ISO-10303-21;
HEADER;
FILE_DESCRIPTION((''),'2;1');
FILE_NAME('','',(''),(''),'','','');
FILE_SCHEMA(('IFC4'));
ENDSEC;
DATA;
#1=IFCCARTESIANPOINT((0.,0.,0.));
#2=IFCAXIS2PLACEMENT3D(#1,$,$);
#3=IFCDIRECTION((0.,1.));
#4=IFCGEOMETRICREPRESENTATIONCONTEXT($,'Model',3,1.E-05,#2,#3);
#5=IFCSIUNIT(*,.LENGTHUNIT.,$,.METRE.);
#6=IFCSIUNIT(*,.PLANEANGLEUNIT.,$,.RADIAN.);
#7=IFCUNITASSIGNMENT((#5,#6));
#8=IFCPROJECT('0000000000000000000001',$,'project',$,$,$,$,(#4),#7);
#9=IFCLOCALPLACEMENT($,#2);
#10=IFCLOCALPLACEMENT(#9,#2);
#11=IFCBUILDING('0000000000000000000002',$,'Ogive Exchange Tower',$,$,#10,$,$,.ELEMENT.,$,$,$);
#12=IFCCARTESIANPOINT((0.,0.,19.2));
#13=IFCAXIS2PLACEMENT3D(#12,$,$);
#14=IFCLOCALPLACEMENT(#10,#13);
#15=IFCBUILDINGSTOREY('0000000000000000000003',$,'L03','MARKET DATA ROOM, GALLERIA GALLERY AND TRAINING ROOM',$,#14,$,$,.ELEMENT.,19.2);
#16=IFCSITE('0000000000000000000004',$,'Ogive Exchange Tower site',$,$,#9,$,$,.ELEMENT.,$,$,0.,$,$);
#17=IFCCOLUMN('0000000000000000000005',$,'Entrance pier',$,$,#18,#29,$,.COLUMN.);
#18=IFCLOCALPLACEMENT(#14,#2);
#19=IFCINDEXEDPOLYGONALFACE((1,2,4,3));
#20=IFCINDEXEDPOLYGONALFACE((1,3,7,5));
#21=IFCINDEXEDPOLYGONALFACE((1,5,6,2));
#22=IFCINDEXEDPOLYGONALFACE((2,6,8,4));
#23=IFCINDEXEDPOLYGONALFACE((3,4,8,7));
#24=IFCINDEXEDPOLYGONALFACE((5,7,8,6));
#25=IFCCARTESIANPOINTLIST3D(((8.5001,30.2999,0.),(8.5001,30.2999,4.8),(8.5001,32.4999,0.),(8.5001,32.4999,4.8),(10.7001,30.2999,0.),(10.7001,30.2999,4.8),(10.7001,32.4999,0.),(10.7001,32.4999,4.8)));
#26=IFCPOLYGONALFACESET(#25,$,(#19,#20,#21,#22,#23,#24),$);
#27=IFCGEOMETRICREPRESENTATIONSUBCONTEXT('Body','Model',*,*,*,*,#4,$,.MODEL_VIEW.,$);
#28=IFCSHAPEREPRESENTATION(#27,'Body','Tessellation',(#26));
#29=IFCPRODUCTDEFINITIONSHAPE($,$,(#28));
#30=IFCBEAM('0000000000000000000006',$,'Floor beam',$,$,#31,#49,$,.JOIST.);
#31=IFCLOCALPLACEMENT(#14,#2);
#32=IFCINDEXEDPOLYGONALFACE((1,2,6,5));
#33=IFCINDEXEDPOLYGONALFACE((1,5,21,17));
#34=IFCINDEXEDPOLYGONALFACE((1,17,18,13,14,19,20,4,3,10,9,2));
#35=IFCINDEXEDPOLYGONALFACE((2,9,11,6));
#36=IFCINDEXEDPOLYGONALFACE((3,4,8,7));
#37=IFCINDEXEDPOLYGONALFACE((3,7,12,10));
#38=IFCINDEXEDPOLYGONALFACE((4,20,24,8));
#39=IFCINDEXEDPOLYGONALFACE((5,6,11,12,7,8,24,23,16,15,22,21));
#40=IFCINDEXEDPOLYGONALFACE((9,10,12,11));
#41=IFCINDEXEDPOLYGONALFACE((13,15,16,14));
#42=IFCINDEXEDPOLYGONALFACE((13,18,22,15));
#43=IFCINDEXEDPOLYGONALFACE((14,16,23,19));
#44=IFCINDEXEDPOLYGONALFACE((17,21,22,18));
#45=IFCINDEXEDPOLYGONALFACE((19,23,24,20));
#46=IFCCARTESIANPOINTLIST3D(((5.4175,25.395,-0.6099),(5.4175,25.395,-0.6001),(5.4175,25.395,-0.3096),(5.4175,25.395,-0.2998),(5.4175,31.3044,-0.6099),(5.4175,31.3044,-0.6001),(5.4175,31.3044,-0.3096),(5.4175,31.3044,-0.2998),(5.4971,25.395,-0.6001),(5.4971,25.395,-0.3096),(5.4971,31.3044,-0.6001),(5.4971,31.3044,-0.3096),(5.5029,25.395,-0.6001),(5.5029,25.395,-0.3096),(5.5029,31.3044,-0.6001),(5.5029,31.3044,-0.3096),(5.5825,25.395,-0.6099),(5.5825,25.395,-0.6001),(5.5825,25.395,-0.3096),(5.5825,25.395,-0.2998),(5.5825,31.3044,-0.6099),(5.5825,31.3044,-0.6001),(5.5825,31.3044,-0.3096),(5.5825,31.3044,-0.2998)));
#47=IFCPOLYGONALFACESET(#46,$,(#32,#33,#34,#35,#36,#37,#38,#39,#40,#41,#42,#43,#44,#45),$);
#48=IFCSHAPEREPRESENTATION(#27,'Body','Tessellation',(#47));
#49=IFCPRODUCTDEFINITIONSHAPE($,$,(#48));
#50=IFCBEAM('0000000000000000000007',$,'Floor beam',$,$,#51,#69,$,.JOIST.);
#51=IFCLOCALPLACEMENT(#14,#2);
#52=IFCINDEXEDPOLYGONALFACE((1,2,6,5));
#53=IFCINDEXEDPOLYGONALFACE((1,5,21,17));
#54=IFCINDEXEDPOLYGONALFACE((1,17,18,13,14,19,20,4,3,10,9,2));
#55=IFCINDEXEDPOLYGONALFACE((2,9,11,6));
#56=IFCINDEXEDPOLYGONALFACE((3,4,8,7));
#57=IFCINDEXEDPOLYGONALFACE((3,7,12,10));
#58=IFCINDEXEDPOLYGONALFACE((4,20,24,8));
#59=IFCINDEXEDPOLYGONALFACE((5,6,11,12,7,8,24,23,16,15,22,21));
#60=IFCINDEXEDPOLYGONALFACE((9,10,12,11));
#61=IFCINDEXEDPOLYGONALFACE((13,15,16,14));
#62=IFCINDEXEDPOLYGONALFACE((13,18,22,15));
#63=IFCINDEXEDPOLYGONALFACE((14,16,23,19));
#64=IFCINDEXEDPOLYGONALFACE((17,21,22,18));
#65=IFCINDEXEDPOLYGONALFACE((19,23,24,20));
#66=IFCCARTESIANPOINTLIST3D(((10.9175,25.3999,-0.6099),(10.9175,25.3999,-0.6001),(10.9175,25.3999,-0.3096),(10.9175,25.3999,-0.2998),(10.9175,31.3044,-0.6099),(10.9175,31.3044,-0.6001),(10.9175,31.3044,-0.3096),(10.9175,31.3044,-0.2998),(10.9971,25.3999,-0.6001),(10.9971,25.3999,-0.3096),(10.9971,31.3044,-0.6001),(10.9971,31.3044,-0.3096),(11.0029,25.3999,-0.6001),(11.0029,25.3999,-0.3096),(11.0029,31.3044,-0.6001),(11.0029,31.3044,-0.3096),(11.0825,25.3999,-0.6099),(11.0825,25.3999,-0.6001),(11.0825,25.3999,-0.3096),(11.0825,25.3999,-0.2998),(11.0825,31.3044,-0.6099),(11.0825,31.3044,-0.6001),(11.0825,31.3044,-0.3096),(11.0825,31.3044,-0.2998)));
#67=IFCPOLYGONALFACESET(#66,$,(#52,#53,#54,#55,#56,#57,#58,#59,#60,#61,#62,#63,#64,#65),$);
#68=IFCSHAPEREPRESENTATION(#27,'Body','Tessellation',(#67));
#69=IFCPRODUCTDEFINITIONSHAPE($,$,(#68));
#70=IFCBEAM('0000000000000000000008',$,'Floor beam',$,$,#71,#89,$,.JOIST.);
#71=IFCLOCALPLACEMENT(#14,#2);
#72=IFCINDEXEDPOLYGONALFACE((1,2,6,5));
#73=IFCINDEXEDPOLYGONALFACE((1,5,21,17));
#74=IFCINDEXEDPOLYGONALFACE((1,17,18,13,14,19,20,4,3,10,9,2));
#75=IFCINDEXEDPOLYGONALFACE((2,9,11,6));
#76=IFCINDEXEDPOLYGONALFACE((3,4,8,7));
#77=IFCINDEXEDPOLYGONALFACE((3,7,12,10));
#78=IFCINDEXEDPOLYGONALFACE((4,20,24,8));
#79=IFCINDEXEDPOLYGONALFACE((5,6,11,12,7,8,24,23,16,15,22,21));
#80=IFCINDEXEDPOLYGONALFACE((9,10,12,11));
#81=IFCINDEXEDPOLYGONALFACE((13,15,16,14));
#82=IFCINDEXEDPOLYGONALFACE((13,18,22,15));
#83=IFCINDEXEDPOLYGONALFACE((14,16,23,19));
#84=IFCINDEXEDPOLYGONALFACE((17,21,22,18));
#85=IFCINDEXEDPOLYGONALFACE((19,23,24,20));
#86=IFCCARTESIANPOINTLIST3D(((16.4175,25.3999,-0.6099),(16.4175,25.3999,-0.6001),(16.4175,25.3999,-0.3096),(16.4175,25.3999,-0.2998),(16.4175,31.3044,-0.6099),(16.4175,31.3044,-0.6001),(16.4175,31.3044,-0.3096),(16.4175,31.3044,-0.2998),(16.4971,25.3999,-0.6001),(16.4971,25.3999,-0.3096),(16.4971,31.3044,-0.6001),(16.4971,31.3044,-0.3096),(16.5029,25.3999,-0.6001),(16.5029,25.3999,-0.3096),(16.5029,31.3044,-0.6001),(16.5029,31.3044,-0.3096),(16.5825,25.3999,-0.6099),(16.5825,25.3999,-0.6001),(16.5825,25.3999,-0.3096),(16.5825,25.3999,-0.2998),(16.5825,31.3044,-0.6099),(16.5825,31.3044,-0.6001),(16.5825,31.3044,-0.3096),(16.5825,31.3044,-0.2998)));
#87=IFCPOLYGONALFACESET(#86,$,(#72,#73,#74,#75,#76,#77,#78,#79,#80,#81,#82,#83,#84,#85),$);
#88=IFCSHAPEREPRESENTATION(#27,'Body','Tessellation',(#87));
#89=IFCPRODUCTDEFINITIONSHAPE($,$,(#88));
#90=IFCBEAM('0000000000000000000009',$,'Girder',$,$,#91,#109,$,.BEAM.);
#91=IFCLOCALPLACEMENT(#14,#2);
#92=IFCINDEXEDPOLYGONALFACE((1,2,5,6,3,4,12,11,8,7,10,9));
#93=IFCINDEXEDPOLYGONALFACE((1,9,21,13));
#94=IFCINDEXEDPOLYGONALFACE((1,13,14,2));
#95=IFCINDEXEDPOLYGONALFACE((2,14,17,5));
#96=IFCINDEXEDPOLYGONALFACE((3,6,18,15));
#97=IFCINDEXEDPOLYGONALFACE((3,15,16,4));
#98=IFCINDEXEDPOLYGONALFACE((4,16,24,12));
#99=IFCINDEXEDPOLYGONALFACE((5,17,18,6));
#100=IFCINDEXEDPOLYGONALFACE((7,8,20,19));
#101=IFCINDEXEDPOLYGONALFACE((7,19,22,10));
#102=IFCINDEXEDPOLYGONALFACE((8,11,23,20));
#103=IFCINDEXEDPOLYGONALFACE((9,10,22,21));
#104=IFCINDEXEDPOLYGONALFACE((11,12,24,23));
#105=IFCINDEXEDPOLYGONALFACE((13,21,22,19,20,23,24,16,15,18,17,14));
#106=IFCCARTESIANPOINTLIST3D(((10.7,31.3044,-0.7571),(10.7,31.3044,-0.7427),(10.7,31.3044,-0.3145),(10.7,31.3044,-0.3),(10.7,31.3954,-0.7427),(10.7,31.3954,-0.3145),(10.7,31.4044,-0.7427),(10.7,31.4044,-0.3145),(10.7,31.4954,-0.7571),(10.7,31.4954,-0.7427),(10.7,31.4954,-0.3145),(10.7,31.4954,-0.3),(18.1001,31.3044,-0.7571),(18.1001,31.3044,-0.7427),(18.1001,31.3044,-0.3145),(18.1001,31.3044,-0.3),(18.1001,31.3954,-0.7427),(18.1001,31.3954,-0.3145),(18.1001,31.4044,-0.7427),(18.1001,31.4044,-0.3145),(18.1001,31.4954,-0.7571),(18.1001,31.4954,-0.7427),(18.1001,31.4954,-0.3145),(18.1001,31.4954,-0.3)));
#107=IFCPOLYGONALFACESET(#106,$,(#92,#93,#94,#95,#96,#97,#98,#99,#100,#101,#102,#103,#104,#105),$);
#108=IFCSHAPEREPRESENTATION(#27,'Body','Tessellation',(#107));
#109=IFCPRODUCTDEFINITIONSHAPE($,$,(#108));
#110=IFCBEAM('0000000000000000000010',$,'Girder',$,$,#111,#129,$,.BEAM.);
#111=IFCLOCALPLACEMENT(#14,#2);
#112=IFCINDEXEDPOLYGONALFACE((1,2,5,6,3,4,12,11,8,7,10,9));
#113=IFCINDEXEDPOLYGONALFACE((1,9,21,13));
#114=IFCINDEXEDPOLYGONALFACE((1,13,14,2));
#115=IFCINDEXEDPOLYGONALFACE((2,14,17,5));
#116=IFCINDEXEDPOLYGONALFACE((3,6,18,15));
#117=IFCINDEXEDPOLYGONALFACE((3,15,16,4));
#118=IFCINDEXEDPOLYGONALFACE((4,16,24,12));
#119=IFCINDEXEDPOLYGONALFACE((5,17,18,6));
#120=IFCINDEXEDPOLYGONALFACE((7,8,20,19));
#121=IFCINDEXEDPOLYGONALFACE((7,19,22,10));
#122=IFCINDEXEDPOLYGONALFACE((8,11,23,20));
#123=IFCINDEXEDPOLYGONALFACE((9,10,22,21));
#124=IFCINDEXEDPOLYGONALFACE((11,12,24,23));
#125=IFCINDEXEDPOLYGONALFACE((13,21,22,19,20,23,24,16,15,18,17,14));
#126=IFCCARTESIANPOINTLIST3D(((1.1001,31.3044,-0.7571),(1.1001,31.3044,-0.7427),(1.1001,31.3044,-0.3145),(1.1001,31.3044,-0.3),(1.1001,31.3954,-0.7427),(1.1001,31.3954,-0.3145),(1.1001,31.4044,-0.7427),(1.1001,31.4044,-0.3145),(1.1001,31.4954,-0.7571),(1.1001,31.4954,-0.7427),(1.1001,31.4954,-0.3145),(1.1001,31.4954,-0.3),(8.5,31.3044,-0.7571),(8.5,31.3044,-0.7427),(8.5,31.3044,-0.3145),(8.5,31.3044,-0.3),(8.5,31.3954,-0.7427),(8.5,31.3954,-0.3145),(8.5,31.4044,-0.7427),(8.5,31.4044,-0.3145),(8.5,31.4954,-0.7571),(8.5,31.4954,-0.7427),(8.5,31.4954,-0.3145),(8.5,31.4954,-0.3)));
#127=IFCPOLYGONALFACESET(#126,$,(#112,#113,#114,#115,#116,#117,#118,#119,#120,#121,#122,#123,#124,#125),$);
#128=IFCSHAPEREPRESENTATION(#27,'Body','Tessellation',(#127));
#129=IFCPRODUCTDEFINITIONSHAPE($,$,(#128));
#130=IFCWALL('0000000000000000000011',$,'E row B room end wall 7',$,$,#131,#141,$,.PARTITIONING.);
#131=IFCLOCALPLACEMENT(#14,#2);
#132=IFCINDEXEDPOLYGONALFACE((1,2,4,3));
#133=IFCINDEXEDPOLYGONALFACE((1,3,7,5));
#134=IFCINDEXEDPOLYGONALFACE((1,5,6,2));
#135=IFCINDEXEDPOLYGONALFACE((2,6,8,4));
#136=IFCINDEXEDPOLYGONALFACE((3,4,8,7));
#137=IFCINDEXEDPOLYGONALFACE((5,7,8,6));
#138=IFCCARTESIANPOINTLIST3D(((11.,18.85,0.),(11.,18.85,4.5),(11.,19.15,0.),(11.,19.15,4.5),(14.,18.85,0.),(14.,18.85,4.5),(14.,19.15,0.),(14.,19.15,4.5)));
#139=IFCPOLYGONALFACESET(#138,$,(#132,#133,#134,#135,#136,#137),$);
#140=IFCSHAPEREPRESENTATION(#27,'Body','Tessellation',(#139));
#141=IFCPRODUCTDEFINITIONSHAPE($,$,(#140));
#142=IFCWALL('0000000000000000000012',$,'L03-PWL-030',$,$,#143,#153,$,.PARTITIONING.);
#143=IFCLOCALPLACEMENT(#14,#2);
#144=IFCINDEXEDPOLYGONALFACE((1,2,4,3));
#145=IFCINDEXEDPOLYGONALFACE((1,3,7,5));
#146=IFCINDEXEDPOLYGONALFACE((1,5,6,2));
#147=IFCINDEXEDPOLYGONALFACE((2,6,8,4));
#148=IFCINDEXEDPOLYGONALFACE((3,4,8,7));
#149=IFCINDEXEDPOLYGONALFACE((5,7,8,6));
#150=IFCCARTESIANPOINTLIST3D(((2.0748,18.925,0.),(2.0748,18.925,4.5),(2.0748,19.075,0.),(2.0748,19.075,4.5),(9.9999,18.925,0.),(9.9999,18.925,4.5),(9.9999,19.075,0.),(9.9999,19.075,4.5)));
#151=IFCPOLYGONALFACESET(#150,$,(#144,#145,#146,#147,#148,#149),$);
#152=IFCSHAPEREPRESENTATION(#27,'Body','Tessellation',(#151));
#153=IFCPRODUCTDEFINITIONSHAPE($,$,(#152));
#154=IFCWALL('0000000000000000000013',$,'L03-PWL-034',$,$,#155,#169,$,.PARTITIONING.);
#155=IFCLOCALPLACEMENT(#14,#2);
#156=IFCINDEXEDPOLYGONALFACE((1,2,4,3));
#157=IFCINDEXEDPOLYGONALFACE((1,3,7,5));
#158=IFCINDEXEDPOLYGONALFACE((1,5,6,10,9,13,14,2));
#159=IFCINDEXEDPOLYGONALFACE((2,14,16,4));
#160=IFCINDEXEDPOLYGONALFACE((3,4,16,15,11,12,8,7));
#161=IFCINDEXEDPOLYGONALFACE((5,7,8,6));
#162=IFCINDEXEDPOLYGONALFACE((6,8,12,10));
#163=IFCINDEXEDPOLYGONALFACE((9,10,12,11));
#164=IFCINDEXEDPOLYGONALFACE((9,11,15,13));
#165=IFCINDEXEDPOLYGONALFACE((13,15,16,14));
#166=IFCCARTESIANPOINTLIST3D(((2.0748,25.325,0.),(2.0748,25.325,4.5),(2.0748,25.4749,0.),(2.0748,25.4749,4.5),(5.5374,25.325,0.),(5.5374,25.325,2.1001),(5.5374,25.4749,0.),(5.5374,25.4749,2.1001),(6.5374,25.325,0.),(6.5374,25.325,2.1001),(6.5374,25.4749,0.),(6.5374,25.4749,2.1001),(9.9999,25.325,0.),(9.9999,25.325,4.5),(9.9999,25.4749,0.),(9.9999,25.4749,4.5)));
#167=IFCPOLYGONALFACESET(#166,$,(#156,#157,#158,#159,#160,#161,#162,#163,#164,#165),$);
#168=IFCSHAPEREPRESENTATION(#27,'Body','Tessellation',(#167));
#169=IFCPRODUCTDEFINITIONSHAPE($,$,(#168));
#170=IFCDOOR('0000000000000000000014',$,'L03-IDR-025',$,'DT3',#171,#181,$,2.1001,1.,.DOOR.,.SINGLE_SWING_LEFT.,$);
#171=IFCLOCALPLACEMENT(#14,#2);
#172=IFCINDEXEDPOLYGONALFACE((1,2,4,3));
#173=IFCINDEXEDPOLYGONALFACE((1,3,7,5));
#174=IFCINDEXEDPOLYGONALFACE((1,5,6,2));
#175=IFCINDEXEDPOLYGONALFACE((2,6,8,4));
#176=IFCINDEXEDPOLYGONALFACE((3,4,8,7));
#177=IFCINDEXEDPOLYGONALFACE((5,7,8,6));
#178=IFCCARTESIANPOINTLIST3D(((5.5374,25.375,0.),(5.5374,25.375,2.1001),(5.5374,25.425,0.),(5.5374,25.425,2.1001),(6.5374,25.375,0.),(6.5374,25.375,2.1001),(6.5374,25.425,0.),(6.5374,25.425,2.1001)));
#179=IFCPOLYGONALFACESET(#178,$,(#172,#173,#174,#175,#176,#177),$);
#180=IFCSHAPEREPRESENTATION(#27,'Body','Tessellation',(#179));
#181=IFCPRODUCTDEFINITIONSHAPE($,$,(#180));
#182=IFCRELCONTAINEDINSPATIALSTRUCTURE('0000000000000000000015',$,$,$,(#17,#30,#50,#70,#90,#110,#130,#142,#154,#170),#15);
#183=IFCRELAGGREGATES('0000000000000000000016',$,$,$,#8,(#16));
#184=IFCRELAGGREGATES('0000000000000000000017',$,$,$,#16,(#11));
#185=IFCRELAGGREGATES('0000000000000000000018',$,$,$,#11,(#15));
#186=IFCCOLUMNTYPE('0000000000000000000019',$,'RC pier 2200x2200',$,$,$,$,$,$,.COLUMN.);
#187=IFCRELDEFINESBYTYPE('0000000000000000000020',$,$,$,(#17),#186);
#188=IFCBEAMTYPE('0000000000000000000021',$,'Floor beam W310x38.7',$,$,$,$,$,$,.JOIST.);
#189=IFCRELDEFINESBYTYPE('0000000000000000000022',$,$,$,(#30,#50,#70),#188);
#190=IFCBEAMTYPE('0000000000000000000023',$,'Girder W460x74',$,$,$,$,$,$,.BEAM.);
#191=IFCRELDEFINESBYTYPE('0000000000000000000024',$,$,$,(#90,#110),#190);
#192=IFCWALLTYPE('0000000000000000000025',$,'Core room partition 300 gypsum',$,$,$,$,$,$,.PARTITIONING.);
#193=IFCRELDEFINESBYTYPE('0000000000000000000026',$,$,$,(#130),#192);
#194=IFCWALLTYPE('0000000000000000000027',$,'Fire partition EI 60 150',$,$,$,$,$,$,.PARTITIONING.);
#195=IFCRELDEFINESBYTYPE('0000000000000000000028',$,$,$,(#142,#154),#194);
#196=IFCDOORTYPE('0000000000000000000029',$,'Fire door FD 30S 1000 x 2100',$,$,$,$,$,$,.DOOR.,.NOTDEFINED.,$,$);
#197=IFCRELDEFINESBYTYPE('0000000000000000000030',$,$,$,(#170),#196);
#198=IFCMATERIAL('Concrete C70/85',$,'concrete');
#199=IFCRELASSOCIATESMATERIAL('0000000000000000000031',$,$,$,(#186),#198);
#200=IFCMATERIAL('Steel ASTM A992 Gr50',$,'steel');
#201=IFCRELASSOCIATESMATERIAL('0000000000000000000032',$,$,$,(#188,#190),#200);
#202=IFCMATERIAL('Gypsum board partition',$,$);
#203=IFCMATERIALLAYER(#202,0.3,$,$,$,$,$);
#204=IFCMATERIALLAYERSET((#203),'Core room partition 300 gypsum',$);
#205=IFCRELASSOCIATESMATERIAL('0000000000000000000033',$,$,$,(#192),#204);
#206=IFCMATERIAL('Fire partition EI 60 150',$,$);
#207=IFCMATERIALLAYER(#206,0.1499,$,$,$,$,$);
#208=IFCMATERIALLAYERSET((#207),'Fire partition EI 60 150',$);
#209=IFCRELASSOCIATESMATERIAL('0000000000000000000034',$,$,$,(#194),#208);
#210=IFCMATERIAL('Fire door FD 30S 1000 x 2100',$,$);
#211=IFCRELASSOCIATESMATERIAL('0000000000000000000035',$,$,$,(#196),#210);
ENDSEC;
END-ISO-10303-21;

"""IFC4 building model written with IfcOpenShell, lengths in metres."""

from ifc_helpers import new_model, si_unit, direction, frame, frame_2d, origin, origin_2d, place, context, subcontext, project, spatial, rectangle, i_section, extrude, material, layer, layer_set, material_profile, profile_set, type_object, element, fill, save


model = new_model("IFC4")

# Units and contexts
model_context = context("Model", 3, precision=1e-05, world=origin(), true_north=direction((0.0, 1.0)))
body_context = subcontext(model_context, "Body", "Model", "MODEL_VIEW")
ifc_project = project(units=[si_unit("LENGTHUNIT", "METRE"), si_unit("PLANEANGLEUNIT", "RADIAN")], contexts=[model_context])

# Site, building, storey
site_placement = place(None, origin())
site = spatial("IfcSite", under=ifc_project, at=site_placement, Name="Ogive Exchange Tower site", CompositionType="ELEMENT", RefElevation=0.0)
building_placement = place(site_placement, origin())
building = spatial("IfcBuilding", under=site, at=building_placement, Name="Ogive Exchange Tower", CompositionType="ELEMENT")
storey_placement = place(building_placement, frame((0.0, 0.0, 19.2)))
storey = spatial("IfcBuildingStorey", under=building, at=storey_placement, Name="L03", Description="MARKET DATA ROOM, GALLERIA GALLERY AND TRAINING ROOM", CompositionType="ELEMENT", Elevation=19.2)

# Column
ifc_material_1 = material(Name="Concrete C70/85", Category="concrete")
ifc_material_profile_1 = material_profile(ifc_material_1, rectangle(XDim=2.2, YDim=2.2, at=origin_2d()), Name="RC 2200x2200")
ifc_profile_set_1 = profile_set([ifc_material_profile_1], Name="Concrete C70/85")
column_type = type_object("IfcColumnType", Name="RC pier 2200x2200", PredefinedType="COLUMN", material=ifc_profile_set_1)
column_placement = place(storey_placement, frame((9.6001, 31.3999, 0.0), z_axis=(0.0, 0.0, 1.0), x_axis=(1.0, 0.0, 0.0)))
element("IfcColumn", 1, at=column_placement, inside=storey, type_object=column_type, Name="Entrance pier", PredefinedType="COLUMN", context=body_context, shape_type="SweptSolid", body=[
    extrude(rectangle(XDim=2.2, YDim=2.2, at=origin_2d()), origin(), (0.0, 0.0, 1.0), 4.8),
])

# Beams
ifc_material_2 = material(Name="Steel ASTM A992 Gr50", Category="steel")
ifc_material_profile_2 = material_profile(ifc_material_2, i_section(OverallWidth=0.165, OverallDepth=0.3101, WebThickness=0.0059, FlangeThickness=0.0098, at=origin_2d()), Name="W310x38.7")
ifc_profile_set_2 = profile_set([ifc_material_profile_2], Name="Steel ASTM A992 Gr50")
beam_type_1 = type_object("IfcBeamType", Name="Floor beam W310x38.7", PredefinedType="JOIST", material=ifc_profile_set_2)
beam_1_placement = place(storey_placement, frame((5.5, 25.395, -0.4548), z_axis=(0.0, 1.0, 0.0), x_axis=(-1.0, 0.0, 0.0)))
element("IfcBeam", 2, at=beam_1_placement, inside=storey, type_object=beam_type_1, Name="Floor beam", PredefinedType="JOIST", context=body_context, shape_type="SweptSolid", body=[
    extrude(i_section(OverallWidth=0.165, OverallDepth=0.3101, WebThickness=0.0059, FlangeThickness=0.0098, at=origin_2d()), origin(), (0.0, 0.0, 1.0), 5.9094),
])
for number, where, z_axis, x_axis, name in (
    (3, (11.0, 25.3999, -0.4548), (0.0, 1.0, 0.0), (-1.0, 0.0, 0.0), "Floor beam"),
    (4, (16.5, 25.3999, -0.4548), (0.0, 1.0, 0.0), (-1.0, 0.0, 0.0), "Floor beam"),
):
    element("IfcBeam", number, at=place(storey_placement, frame(where, z_axis=z_axis, x_axis=x_axis)), inside=storey, type_object=beam_type_1, Name=name, PredefinedType="JOIST", context=body_context, shape_type="SweptSolid", body=[
        extrude(i_section(OverallWidth=0.165, OverallDepth=0.3101, WebThickness=0.0059, FlangeThickness=0.0098, at=origin_2d()), origin(), (0.0, 0.0, 1.0), 5.9045),
    ])
ifc_material_profile_3 = material_profile(ifc_material_2, i_section(OverallWidth=0.1909, OverallDepth=0.457, WebThickness=0.009, FlangeThickness=0.0144, at=origin_2d()), Name="W460x74")
ifc_profile_set_3 = profile_set([ifc_material_profile_3], Name="Steel ASTM A992 Gr50")
beam_type_2 = type_object("IfcBeamType", Name="Girder W460x74", PredefinedType="BEAM", material=ifc_profile_set_3)
beam_2_placement = place(storey_placement, frame((18.1001, 31.3999, -0.5286), z_axis=(-1.0, 0.0, 0.0), x_axis=(0.0, -1.0, 0.0)))
element("IfcBeam", 5, at=beam_2_placement, inside=storey, type_object=beam_type_2, Name="Girder", PredefinedType="BEAM", context=body_context, shape_type="SweptSolid", body=[
    extrude(i_section(OverallWidth=0.1909, OverallDepth=0.457, WebThickness=0.009, FlangeThickness=0.0144, at=origin_2d()), origin(), (0.0, 0.0, 1.0), 7.4001),
])
beam_3_placement = place(storey_placement, frame((8.5, 31.3999, -0.5286), z_axis=(-1.0, 0.0, 0.0), x_axis=(0.0, -1.0, 0.0)))
element("IfcBeam", 6, at=beam_3_placement, inside=storey, type_object=beam_type_2, Name="Girder", PredefinedType="BEAM", context=body_context, shape_type="SweptSolid", body=[
    extrude(i_section(OverallWidth=0.1909, OverallDepth=0.457, WebThickness=0.009, FlangeThickness=0.0144, at=origin_2d()), origin(), (0.0, 0.0, 1.0), 7.3999),
])

# Walls
ifc_material_3 = material(Name="Gypsum board partition")
ifc_layer_1 = layer(ifc_material_3, 0.3)
ifc_layer_set_1 = layer_set([ifc_layer_1], Name="Core room partition 300 gypsum")
wall_type_1 = type_object("IfcWallType", Name="Core room partition 300 gypsum", PredefinedType="PARTITIONING", material=ifc_layer_set_1)
wall_1_placement = place(storey_placement, frame((11.0, 19.0, 0.0), z_axis=(0.0, 0.0, 1.0), x_axis=(1.0, 0.0, 0.0)))
element("IfcWall", 7, at=wall_1_placement, inside=storey, type_object=wall_type_1, Name="E row B room end wall 7", PredefinedType="PARTITIONING", context=body_context, shape_type="SweptSolid", body=[
    extrude(rectangle(XDim=3.0, YDim=0.3, at=frame_2d((1.5, 0.0))), origin(), (0.0, 0.0, 1.0), 4.5),
])
ifc_material_4 = material(Name="Fire partition EI 60 150")
ifc_layer_2 = layer(ifc_material_4, 0.1499)
ifc_layer_set_2 = layer_set([ifc_layer_2], Name="Fire partition EI 60 150")
wall_type_2 = type_object("IfcWallType", Name="Fire partition EI 60 150", PredefinedType="PARTITIONING", material=ifc_layer_set_2)
wall_2_placement = place(storey_placement, frame((2.075, 19.0, 0.0), z_axis=(0.0, 0.0, 1.0), x_axis=(1.0, 0.0, 0.0)))
element("IfcWall", 8, at=wall_2_placement, inside=storey, type_object=wall_type_2, Name="L03-PWL-030", PredefinedType="PARTITIONING", context=body_context, shape_type="SweptSolid", body=[
    extrude(rectangle(XDim=7.925, YDim=0.1499, at=frame_2d((3.9624, 0.0))), origin(), (0.0, 0.0, 1.0), 4.5),
])

# Wall, opening, door
wall_3_placement = place(storey_placement, frame((2.075, 25.3999, 0.0), z_axis=(0.0, 0.0, 1.0), x_axis=(1.0, 0.0, 0.0)))
wall_3 = element("IfcWall", 9, at=wall_3_placement, inside=storey, type_object=wall_type_2, Name="L03-PWL-034", PredefinedType="PARTITIONING", context=body_context, shape_type="SweptSolid", body=[
    extrude(rectangle(XDim=7.925, YDim=0.1499, at=frame_2d((3.9624, 0.0))), origin(), (0.0, 0.0, 1.0), 4.5),
])
opening_1_placement = place(wall_3_placement, frame((3.4624, 0.0, 0.0)))
opening_1 = element("IfcOpeningElement", 10, at=opening_1_placement, cuts=wall_3, PredefinedType="OPENING", context=body_context, shape_type="SweptSolid", body=[
    extrude(rectangle(XDim=1.0, YDim=2.1001, at=frame_2d((0.5, 1.05))), frame((0.0, 0.085, 0.0), z_axis=(0.0, -1.0, 0.0), x_axis=(1.0, 0.0, 0.0)), (0.0, 0.0, 1.0), 0.1699),
])
ifc_material_5 = material(Name="Fire door FD 30S 1000 x 2100")
door_type_1 = type_object("IfcDoorType", Name="Fire door FD 30S 1000 x 2100", OperationType="NOTDEFINED", PredefinedType="DOOR", material=ifc_material_5)
door_1_placement = place(opening_1_placement, frame((1.0, 0.0, 0.0), z_axis=(0.0, 0.0, 1.0), x_axis=(-1.0, 0.0, 0.0)))
door_1 = element("IfcDoor", 11, at=door_1_placement, inside=storey, type_object=door_type_1, Name="L03-IDR-025", ObjectType="DT3", OperationType="SINGLE_SWING_LEFT", OverallHeight=2.1001, OverallWidth=1.0, PredefinedType="DOOR", context=body_context, shape_type="SweptSolid", body=[
    extrude(rectangle(XDim=1.0, YDim=2.1001, at=frame_2d((0.5, 1.05))), frame((0.0, 0.0249, 0.0), z_axis=(0.0, -1.0, 0.0), x_axis=(1.0, 0.0, 0.0)), (0.0, 0.0, 1.0), 0.05),
])
fill(opening_1, door_1)

save(model, "model.ifc")
